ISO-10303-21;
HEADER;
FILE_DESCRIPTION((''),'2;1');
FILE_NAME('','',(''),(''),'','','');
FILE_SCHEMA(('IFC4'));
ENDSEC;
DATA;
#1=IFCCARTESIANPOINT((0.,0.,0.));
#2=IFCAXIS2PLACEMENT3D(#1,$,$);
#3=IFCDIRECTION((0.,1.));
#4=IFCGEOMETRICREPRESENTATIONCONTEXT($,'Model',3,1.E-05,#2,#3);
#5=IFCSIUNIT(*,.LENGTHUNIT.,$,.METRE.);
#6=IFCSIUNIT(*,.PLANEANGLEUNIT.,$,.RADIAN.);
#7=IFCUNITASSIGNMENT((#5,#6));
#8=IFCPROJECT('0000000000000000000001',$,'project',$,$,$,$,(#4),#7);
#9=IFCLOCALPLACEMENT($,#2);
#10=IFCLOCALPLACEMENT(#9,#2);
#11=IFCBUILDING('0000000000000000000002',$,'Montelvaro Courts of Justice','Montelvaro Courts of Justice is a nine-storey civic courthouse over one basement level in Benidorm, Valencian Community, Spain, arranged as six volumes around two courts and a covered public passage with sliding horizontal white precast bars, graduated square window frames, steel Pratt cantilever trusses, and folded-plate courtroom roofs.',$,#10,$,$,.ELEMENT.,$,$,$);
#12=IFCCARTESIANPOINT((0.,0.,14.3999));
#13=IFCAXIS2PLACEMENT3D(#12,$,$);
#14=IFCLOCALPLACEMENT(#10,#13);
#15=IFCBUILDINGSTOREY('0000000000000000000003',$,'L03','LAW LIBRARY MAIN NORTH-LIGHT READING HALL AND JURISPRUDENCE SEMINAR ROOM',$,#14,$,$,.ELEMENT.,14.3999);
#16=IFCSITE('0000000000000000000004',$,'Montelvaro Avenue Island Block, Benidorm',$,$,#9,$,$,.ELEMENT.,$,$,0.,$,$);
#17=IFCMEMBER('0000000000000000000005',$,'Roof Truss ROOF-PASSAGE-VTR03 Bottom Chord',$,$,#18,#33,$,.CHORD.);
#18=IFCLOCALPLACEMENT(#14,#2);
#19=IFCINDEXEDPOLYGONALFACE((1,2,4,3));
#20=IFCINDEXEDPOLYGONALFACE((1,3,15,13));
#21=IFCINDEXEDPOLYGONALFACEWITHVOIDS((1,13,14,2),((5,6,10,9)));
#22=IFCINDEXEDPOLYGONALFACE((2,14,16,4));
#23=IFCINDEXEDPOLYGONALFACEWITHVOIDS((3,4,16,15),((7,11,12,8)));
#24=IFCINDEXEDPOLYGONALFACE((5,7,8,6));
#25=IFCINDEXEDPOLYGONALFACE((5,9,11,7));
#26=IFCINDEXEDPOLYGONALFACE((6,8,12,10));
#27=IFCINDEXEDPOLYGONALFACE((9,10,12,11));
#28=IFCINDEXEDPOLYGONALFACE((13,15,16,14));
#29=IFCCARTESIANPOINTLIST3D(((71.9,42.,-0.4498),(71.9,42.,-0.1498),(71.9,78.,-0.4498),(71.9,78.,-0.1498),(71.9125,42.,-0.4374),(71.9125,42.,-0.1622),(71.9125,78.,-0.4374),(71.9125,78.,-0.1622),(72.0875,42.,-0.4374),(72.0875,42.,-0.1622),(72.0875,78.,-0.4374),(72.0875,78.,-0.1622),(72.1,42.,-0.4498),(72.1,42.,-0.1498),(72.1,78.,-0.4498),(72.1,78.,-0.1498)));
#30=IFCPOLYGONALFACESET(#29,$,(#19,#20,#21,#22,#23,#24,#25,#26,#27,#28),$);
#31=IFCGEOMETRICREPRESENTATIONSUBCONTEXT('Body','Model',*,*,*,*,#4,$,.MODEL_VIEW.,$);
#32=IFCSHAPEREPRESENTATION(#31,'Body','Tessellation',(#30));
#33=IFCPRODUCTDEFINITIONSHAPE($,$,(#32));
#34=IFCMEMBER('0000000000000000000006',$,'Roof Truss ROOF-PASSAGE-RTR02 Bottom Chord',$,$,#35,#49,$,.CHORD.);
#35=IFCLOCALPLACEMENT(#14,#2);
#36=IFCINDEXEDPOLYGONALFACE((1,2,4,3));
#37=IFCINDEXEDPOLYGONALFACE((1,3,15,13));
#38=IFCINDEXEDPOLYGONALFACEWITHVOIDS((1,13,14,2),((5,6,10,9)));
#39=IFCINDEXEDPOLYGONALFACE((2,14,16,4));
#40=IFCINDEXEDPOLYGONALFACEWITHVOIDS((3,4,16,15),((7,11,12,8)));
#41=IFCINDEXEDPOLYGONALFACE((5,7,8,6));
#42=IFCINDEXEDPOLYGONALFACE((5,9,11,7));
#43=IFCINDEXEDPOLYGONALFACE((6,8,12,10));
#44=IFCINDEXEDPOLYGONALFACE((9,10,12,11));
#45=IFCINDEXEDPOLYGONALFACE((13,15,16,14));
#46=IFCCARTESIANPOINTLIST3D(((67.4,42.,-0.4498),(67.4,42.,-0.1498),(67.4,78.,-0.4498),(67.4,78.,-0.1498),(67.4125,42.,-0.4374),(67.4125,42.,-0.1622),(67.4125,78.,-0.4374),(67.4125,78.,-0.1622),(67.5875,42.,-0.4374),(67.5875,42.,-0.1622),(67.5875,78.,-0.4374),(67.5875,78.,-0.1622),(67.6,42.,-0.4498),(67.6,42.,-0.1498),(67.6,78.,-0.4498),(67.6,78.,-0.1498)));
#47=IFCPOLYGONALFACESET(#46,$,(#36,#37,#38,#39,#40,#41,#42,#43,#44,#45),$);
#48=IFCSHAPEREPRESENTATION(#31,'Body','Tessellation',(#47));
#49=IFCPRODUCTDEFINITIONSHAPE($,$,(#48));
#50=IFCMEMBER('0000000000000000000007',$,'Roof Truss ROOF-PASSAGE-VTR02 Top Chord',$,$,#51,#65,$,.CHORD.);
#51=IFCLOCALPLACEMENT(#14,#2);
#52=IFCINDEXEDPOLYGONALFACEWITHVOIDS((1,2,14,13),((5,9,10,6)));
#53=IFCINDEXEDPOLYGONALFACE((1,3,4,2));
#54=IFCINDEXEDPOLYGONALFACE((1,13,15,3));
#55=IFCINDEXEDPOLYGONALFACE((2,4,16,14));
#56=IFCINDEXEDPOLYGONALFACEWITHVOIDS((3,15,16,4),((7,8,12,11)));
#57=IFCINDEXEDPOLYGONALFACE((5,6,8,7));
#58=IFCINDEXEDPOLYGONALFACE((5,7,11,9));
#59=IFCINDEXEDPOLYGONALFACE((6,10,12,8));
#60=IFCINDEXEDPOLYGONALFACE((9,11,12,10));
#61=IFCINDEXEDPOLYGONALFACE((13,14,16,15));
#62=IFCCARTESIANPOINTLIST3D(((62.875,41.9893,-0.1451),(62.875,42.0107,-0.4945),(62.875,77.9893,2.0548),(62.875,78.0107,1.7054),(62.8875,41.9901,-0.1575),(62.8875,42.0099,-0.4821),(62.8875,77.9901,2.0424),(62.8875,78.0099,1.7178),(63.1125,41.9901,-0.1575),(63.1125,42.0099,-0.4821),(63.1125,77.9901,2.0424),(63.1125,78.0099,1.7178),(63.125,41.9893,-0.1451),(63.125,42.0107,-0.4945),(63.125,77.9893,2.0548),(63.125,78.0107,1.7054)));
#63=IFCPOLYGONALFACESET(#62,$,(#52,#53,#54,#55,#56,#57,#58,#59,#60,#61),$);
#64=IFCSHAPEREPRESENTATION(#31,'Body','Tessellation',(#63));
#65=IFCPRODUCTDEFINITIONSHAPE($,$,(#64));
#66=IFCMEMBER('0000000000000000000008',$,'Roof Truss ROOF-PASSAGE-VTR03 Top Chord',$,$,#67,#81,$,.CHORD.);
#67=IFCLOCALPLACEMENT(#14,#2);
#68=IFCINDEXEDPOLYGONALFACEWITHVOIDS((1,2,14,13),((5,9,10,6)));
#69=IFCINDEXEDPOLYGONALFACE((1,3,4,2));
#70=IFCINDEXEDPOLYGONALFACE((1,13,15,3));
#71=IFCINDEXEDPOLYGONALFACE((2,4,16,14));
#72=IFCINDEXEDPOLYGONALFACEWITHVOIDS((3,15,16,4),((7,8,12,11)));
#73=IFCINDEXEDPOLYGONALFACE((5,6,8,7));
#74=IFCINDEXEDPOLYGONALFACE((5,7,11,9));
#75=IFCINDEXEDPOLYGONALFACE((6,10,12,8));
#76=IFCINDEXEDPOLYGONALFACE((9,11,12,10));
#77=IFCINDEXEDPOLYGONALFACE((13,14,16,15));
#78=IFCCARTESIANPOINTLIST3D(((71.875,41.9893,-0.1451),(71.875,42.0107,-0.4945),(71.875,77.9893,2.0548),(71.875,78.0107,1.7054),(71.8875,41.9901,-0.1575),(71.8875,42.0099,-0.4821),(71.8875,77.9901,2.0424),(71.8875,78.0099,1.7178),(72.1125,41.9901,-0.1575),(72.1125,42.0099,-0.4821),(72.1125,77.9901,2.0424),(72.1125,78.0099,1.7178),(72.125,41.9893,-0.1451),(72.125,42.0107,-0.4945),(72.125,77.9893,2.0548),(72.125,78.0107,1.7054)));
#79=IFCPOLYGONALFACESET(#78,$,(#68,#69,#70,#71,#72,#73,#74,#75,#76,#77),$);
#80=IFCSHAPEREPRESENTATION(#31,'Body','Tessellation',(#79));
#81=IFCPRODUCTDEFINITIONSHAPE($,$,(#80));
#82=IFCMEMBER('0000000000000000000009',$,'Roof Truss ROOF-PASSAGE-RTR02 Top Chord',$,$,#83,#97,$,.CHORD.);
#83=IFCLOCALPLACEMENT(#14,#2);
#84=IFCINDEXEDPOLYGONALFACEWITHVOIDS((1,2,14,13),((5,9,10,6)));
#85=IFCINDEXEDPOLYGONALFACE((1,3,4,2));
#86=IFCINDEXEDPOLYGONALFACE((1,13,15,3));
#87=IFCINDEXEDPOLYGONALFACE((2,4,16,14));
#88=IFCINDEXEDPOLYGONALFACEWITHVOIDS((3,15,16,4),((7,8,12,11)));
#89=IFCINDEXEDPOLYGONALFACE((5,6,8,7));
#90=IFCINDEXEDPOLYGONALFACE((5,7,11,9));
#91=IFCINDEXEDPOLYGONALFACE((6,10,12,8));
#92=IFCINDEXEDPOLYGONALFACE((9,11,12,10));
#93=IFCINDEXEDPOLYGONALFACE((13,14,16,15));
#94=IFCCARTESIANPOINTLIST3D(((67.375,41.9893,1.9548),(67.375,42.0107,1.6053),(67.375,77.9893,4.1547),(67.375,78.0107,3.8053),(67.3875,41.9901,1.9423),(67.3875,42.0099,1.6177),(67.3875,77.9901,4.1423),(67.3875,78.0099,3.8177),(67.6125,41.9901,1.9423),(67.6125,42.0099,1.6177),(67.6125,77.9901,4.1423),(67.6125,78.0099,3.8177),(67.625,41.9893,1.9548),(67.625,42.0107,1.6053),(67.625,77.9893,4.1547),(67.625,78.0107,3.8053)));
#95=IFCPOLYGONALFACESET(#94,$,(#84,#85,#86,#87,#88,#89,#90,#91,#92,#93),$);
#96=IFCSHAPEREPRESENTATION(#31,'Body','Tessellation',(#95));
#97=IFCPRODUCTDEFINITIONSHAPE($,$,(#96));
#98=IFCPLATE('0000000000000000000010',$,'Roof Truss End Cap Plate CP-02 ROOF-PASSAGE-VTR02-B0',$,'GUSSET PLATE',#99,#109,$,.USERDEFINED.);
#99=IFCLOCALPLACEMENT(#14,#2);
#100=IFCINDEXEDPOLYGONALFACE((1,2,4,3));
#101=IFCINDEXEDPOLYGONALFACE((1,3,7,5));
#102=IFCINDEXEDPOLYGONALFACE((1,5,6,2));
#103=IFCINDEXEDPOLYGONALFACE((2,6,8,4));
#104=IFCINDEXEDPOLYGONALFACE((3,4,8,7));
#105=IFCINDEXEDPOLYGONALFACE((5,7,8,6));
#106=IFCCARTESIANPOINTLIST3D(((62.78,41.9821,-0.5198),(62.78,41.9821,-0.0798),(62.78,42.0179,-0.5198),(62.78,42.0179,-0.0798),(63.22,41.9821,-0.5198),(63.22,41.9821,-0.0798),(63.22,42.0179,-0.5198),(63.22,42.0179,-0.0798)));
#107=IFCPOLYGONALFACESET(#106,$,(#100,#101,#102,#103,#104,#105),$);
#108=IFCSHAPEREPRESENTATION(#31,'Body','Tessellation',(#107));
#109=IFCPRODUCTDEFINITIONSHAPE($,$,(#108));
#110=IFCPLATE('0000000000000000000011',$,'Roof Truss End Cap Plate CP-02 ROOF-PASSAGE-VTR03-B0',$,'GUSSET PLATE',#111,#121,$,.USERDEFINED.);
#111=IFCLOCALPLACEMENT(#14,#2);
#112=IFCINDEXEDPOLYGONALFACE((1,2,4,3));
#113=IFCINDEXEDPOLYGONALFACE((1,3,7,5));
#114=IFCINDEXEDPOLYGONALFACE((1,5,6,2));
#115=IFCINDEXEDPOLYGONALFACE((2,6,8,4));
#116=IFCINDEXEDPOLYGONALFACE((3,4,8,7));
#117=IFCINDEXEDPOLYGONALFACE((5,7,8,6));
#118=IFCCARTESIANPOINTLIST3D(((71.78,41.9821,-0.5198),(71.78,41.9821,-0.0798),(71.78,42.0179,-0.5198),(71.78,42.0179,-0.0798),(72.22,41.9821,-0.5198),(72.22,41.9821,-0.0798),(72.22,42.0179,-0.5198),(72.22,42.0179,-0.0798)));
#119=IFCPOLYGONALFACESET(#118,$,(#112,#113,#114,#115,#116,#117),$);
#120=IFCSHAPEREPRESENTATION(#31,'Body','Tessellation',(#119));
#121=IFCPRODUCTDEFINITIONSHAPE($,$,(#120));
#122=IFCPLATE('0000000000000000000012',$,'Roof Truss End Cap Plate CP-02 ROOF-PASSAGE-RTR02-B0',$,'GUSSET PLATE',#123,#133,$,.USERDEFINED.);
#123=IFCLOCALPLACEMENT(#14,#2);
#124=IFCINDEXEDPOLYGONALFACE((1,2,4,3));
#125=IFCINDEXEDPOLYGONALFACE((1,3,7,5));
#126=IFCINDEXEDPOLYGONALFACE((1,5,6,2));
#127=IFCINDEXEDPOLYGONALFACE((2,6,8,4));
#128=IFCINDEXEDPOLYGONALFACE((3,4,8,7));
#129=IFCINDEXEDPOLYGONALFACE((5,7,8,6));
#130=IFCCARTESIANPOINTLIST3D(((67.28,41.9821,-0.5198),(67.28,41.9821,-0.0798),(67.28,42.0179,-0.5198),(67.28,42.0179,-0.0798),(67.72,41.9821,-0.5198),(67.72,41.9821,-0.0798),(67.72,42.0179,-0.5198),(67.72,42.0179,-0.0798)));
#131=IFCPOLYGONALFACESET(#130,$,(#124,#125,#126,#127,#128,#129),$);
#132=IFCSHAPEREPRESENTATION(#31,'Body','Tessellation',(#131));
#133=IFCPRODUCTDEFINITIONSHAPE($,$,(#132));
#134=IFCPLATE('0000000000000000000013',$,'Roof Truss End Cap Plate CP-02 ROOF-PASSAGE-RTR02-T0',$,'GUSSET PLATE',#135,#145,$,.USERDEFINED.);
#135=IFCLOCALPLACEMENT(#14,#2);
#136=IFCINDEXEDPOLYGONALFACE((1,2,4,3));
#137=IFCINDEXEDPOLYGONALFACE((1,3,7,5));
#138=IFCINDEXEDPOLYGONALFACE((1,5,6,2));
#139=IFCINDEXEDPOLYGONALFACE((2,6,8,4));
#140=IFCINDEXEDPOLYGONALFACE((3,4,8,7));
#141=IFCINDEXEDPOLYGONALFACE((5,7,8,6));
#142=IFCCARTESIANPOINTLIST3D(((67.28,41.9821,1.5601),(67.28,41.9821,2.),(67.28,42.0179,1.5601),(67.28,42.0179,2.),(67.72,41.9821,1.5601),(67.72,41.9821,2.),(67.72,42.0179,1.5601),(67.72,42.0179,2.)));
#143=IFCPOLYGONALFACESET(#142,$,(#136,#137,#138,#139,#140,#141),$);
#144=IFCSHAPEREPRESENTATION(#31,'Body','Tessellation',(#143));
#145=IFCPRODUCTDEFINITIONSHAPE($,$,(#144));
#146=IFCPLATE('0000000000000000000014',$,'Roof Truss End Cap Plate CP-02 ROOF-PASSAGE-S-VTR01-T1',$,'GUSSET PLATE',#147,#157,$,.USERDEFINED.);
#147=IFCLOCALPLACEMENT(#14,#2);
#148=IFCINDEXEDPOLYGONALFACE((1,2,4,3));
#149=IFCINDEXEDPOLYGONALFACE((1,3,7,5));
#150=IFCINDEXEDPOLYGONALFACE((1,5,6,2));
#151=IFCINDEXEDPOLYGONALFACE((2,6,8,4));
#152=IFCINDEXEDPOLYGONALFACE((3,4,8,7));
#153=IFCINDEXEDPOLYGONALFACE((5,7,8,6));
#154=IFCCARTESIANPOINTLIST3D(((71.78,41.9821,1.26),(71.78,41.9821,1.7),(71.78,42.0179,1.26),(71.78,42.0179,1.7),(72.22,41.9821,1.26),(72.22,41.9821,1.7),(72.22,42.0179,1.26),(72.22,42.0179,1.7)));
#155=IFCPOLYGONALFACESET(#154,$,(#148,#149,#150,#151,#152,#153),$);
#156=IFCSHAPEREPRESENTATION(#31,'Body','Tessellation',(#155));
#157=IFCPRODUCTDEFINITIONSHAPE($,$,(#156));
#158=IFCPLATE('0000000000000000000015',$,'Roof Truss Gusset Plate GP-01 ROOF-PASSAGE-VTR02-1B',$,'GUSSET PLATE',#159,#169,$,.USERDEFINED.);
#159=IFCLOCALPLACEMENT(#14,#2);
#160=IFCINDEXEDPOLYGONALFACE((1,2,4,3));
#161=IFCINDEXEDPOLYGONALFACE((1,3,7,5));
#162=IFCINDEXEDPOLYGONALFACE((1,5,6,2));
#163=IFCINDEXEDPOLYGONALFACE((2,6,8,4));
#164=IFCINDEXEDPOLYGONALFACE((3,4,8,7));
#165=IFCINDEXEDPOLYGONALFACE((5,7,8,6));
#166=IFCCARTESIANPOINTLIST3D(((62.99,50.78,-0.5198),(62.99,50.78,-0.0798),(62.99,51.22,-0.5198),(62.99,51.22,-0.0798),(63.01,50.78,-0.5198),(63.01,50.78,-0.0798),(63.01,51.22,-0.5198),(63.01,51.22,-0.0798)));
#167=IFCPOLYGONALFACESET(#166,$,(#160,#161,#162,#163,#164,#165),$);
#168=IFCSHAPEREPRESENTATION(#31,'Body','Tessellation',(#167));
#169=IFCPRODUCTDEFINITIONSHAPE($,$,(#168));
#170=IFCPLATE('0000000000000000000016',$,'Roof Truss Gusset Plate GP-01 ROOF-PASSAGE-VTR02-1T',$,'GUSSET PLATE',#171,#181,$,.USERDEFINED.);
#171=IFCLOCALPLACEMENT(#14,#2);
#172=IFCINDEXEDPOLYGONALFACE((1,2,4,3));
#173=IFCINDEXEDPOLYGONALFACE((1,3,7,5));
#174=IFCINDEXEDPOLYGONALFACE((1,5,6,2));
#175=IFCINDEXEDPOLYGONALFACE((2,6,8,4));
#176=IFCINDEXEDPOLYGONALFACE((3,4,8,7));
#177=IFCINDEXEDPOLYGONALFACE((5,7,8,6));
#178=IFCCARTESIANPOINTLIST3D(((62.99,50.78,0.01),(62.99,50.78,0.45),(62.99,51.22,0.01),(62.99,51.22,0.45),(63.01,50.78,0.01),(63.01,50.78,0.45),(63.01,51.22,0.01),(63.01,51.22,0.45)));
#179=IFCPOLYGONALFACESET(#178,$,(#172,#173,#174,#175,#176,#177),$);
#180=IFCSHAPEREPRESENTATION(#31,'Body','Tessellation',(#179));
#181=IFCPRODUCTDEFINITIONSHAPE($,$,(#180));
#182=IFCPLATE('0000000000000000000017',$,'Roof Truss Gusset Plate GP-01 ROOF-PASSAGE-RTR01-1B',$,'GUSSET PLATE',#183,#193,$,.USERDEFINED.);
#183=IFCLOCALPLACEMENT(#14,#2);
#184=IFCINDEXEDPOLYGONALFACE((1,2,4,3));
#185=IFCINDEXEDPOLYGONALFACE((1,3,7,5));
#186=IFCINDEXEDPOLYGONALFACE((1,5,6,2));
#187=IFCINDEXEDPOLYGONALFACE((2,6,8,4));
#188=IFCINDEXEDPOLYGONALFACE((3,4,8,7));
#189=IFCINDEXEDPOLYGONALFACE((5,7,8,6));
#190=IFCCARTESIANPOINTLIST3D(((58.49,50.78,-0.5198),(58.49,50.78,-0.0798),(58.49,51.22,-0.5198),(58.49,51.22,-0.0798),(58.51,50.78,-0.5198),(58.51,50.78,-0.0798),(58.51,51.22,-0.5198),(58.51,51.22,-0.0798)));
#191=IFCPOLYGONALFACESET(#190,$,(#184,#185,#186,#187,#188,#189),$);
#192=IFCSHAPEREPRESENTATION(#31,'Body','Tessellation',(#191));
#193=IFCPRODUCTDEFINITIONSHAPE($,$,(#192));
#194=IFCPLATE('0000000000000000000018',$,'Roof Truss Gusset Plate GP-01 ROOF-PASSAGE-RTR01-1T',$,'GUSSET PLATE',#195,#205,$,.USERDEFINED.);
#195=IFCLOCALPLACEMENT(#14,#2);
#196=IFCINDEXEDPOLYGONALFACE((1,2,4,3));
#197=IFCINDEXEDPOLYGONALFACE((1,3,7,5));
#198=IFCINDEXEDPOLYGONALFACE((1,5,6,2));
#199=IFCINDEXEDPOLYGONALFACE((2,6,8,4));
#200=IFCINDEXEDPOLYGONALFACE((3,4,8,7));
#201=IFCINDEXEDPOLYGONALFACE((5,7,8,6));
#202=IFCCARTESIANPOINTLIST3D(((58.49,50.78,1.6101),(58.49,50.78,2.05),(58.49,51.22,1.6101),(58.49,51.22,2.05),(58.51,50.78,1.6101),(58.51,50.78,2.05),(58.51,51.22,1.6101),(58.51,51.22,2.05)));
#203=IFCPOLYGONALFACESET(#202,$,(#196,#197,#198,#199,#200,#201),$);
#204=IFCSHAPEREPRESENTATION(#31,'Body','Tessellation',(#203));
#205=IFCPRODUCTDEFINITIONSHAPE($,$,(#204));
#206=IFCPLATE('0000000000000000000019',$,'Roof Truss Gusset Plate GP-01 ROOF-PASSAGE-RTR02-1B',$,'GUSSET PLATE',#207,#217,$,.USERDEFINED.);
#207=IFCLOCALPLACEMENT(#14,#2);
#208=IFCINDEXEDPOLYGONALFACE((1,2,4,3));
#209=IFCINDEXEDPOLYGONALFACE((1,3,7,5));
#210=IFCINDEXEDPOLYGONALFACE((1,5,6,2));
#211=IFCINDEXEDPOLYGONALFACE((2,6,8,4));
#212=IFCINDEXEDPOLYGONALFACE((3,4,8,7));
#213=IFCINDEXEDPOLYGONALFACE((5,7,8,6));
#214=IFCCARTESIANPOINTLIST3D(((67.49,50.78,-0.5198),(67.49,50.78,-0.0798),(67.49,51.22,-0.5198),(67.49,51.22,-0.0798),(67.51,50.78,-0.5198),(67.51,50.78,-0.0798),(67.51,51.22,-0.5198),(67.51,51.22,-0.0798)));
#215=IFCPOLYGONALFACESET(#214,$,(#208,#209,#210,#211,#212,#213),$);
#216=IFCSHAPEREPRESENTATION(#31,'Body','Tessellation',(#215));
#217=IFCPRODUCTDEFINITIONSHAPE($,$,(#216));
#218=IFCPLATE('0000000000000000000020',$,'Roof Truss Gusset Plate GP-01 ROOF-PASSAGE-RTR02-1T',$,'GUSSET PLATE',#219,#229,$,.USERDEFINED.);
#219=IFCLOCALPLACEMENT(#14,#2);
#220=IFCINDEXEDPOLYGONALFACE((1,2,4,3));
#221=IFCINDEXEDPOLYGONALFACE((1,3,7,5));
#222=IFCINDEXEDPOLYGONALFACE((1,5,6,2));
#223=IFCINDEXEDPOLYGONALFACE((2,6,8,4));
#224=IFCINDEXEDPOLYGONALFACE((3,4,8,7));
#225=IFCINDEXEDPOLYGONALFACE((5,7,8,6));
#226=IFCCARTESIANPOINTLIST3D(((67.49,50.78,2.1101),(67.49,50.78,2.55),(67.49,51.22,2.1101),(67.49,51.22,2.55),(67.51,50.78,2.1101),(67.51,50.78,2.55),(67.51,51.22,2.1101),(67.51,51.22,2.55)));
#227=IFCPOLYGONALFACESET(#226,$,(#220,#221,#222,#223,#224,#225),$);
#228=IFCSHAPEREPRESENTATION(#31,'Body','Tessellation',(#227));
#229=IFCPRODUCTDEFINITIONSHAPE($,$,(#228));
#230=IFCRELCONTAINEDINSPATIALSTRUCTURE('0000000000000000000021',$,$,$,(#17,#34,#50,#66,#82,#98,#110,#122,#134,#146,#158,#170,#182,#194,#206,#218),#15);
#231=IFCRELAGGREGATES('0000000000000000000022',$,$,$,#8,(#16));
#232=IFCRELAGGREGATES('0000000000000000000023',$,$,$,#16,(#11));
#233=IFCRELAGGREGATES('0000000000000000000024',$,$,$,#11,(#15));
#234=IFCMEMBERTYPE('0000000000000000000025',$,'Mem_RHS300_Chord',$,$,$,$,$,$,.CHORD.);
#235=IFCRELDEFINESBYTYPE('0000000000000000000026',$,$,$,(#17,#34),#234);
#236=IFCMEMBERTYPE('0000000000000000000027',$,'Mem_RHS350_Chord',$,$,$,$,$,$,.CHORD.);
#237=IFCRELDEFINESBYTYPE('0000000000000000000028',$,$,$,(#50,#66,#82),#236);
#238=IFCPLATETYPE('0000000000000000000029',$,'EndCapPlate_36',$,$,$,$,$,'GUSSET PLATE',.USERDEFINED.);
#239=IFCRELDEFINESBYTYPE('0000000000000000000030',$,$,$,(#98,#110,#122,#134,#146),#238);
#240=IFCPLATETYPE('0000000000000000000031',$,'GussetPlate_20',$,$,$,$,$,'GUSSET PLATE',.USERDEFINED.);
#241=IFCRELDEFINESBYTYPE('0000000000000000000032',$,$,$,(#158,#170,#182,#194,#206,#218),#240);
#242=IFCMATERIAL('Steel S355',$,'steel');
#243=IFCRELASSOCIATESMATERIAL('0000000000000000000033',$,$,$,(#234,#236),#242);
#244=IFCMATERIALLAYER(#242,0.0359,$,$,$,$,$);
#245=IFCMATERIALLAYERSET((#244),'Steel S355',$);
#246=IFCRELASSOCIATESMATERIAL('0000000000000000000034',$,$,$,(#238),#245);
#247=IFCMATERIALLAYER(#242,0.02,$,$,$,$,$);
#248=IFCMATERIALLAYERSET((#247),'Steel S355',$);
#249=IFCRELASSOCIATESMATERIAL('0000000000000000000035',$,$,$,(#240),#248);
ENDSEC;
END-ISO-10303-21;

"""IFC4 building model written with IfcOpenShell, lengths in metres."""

from ifc_helpers import new_model, si_unit, direction, frame, origin, origin_2d, place, context, subcontext, project, spatial, rectangle, hollow_rectangle, extrude, material, layer, layer_set, material_profile, profile_set, type_object, element, save


model = new_model("IFC4")

# Units and contexts
model_context = context("Model", 3, precision=1e-05, world=origin(), true_north=direction((0.0, 1.0)))
body_context = subcontext(model_context, "Body", "Model", "MODEL_VIEW")
ifc_project = project(units=[si_unit("LENGTHUNIT", "METRE"), si_unit("PLANEANGLEUNIT", "RADIAN")], contexts=[model_context])

# Site, building, storey
site_placement = place(None, origin())
site = spatial("IfcSite", under=ifc_project, at=site_placement, Name="Montelvaro Avenue Island Block, Benidorm", CompositionType="ELEMENT", RefElevation=0.0)
building_placement = place(site_placement, origin())
building = spatial("IfcBuilding", under=site, at=building_placement, Name="Montelvaro Courts of Justice", Description="Montelvaro Courts of Justice is a nine-storey civic courthouse over one basement level in Benidorm, Valencian Community, Spain, arranged as six volumes around two courts and a covered public passage with sliding horizontal white precast bars, graduated square window frames, steel Pratt cantilever trusses, and folded-plate courtroom roofs.", CompositionType="ELEMENT")
storey_placement = place(building_placement, frame((0.0, 0.0, 14.3999)))
storey = spatial("IfcBuildingStorey", under=building, at=storey_placement, Name="L03", Description="LAW LIBRARY MAIN NORTH-LIGHT READING HALL AND JURISPRUDENCE SEMINAR ROOM", CompositionType="ELEMENT", Elevation=14.3999)

# Shared definitions
ifc_material_1 = material(Name="Steel S355", Category="steel")

# Members
ifc_material_profile_1 = material_profile(ifc_material_1, hollow_rectangle(XDim=0.2, YDim=0.3, WallThickness=0.0125, at=origin_2d()), Name="RHS 300x200x12.5")
ifc_profile_set_1 = profile_set([ifc_material_profile_1], Name="Steel S355")
member_type_1 = type_object("IfcMemberType", Name="Mem_RHS300_Chord", PredefinedType="CHORD", material=ifc_profile_set_1)
for number, where, z_axis, x_axis, name in (
    (1, (72.0, 42.0, -0.2998), (0.0, 1.0, 0.0), (-1.0, 0.0, 0.0), "Roof Truss ROOF-PASSAGE-VTR03 Bottom Chord"),
    (2, (67.5, 42.0, -0.2998), (0.0, 1.0, 0.0), (-1.0, 0.0, 0.0), "Roof Truss ROOF-PASSAGE-RTR02 Bottom Chord"),
):
    element("IfcMember", number, at=place(storey_placement, frame(where, z_axis=z_axis, x_axis=x_axis)), inside=storey, type_object=member_type_1, Name=name, PredefinedType="CHORD", context=body_context, shape_type="SweptSolid", body=[
        extrude(hollow_rectangle(XDim=0.2, YDim=0.3, WallThickness=0.0125, at=origin_2d()), origin(), (0.0, 0.0, 1.0), 36.0),
    ])
ifc_material_profile_2 = material_profile(ifc_material_1, hollow_rectangle(XDim=0.25, YDim=0.3501, WallThickness=0.0125, at=origin_2d()), Name="RHS 350x250x12.5")
ifc_profile_set_2 = profile_set([ifc_material_profile_2], Name="Steel S355")
member_type_2 = type_object("IfcMemberType", Name="Mem_RHS350_Chord", PredefinedType="CHORD", material=ifc_profile_set_2)
for number, where, z_axis, x_axis, name in (
    (3, (63.0, 42.0, -0.3198), (0.0, 0.998138, 0.060996), (-1.0, 0.0, 0.0), "Roof Truss ROOF-PASSAGE-VTR02 Top Chord"),
    (4, (72.0, 42.0, -0.3198), (0.0, 0.998138, 0.060996), (-1.0, 0.0, 0.0), "Roof Truss ROOF-PASSAGE-VTR03 Top Chord"),
    (5, (67.5, 42.0, 1.78), (0.0, 0.998138, 0.060996), (-1.0, 0.0, 0.0), "Roof Truss ROOF-PASSAGE-RTR02 Top Chord"),
):
    element("IfcMember", number, at=place(storey_placement, frame(where, z_axis=z_axis, x_axis=x_axis)), inside=storey, type_object=member_type_2, Name=name, PredefinedType="CHORD", context=body_context, shape_type="SweptSolid", body=[
        extrude(hollow_rectangle(XDim=0.25, YDim=0.3501, WallThickness=0.0125, at=origin_2d()), origin(), (0.0, 0.0, 1.0), 36.0671),
    ])

# Plates
ifc_layer_1 = layer(ifc_material_1, 0.0359)
ifc_layer_set_1 = layer_set([ifc_layer_1], Name="Steel S355")
plate_type_1 = type_object("IfcPlateType", Name="EndCapPlate_36", ElementType="GUSSET PLATE", PredefinedType="USERDEFINED", material=ifc_layer_set_1)
for number, where, z_axis, x_axis, name in (
    (6, (63.0, 42.0, -0.5198), (0.0, 0.0, 1.0), (1.0, 0.0, 0.0), "Roof Truss End Cap Plate CP-02 ROOF-PASSAGE-VTR02-B0"),
    (7, (72.0, 42.0, -0.5198), (0.0, 0.0, 1.0), (1.0, 0.0, 0.0), "Roof Truss End Cap Plate CP-02 ROOF-PASSAGE-VTR03-B0"),
    (8, (67.5, 42.0, -0.5198), (0.0, 0.0, 1.0), (1.0, 0.0, 0.0), "Roof Truss End Cap Plate CP-02 ROOF-PASSAGE-RTR02-B0"),
    (9, (67.5, 42.0, 1.5601), (0.0, 0.0, 1.0), (1.0, 0.0, 0.0), "Roof Truss End Cap Plate CP-02 ROOF-PASSAGE-RTR02-T0"),
    (10, (72.0, 42.0, 1.26), (0.0, 0.0, 1.0), (1.0, 0.0, 0.0), "Roof Truss End Cap Plate CP-02 ROOF-PASSAGE-S-VTR01-T1"),
):
    element("IfcPlate", number, at=place(storey_placement, frame(where, z_axis=z_axis, x_axis=x_axis)), inside=storey, type_object=plate_type_1, Name=name, ObjectType="GUSSET PLATE", PredefinedType="USERDEFINED", context=body_context, shape_type="SweptSolid", body=[
        extrude(rectangle(XDim=0.4399, YDim=0.0359, at=origin_2d()), origin(), (0.0, 0.0, 1.0), 0.4399),
    ])
ifc_layer_2 = layer(ifc_material_1, 0.02)
ifc_layer_set_2 = layer_set([ifc_layer_2], Name="Steel S355")
plate_type_2 = type_object("IfcPlateType", Name="GussetPlate_20", ElementType="GUSSET PLATE", PredefinedType="USERDEFINED", material=ifc_layer_set_2)
for number, where, z_axis, x_axis, name in (
    (11, (63.0, 51.0, -0.5198), (0.0, 0.0, 1.0), (1.0, 0.0, 0.0), "Roof Truss Gusset Plate GP-01 ROOF-PASSAGE-VTR02-1B"),
    (12, (63.0, 51.0, 0.01), (0.0, 0.0, 1.0), (1.0, 0.0, 0.0), "Roof Truss Gusset Plate GP-01 ROOF-PASSAGE-VTR02-1T"),
    (13, (58.5, 51.0, -0.5198), (0.0, 0.0, 1.0), (1.0, 0.0, 0.0), "Roof Truss Gusset Plate GP-01 ROOF-PASSAGE-RTR01-1B"),
    (14, (58.5, 51.0, 1.6101), (0.0, 0.0, 1.0), (1.0, 0.0, 0.0), "Roof Truss Gusset Plate GP-01 ROOF-PASSAGE-RTR01-1T"),
    (15, (67.5, 51.0, -0.5198), (0.0, 0.0, 1.0), (1.0, 0.0, 0.0), "Roof Truss Gusset Plate GP-01 ROOF-PASSAGE-RTR02-1B"),
    (16, (67.5, 51.0, 2.1101), (0.0, 0.0, 1.0), (1.0, 0.0, 0.0), "Roof Truss Gusset Plate GP-01 ROOF-PASSAGE-RTR02-1T"),
):
    element("IfcPlate", number, at=place(storey_placement, frame(where, z_axis=z_axis, x_axis=x_axis)), inside=storey, type_object=plate_type_2, Name=name, ObjectType="GUSSET PLATE", PredefinedType="USERDEFINED", context=body_context, shape_type="SweptSolid", body=[
        extrude(rectangle(XDim=0.02, YDim=0.4399, at=origin_2d()), origin(), (0.0, 0.0, 1.0), 0.4399),
    ])

save(model, "model.ifc")
